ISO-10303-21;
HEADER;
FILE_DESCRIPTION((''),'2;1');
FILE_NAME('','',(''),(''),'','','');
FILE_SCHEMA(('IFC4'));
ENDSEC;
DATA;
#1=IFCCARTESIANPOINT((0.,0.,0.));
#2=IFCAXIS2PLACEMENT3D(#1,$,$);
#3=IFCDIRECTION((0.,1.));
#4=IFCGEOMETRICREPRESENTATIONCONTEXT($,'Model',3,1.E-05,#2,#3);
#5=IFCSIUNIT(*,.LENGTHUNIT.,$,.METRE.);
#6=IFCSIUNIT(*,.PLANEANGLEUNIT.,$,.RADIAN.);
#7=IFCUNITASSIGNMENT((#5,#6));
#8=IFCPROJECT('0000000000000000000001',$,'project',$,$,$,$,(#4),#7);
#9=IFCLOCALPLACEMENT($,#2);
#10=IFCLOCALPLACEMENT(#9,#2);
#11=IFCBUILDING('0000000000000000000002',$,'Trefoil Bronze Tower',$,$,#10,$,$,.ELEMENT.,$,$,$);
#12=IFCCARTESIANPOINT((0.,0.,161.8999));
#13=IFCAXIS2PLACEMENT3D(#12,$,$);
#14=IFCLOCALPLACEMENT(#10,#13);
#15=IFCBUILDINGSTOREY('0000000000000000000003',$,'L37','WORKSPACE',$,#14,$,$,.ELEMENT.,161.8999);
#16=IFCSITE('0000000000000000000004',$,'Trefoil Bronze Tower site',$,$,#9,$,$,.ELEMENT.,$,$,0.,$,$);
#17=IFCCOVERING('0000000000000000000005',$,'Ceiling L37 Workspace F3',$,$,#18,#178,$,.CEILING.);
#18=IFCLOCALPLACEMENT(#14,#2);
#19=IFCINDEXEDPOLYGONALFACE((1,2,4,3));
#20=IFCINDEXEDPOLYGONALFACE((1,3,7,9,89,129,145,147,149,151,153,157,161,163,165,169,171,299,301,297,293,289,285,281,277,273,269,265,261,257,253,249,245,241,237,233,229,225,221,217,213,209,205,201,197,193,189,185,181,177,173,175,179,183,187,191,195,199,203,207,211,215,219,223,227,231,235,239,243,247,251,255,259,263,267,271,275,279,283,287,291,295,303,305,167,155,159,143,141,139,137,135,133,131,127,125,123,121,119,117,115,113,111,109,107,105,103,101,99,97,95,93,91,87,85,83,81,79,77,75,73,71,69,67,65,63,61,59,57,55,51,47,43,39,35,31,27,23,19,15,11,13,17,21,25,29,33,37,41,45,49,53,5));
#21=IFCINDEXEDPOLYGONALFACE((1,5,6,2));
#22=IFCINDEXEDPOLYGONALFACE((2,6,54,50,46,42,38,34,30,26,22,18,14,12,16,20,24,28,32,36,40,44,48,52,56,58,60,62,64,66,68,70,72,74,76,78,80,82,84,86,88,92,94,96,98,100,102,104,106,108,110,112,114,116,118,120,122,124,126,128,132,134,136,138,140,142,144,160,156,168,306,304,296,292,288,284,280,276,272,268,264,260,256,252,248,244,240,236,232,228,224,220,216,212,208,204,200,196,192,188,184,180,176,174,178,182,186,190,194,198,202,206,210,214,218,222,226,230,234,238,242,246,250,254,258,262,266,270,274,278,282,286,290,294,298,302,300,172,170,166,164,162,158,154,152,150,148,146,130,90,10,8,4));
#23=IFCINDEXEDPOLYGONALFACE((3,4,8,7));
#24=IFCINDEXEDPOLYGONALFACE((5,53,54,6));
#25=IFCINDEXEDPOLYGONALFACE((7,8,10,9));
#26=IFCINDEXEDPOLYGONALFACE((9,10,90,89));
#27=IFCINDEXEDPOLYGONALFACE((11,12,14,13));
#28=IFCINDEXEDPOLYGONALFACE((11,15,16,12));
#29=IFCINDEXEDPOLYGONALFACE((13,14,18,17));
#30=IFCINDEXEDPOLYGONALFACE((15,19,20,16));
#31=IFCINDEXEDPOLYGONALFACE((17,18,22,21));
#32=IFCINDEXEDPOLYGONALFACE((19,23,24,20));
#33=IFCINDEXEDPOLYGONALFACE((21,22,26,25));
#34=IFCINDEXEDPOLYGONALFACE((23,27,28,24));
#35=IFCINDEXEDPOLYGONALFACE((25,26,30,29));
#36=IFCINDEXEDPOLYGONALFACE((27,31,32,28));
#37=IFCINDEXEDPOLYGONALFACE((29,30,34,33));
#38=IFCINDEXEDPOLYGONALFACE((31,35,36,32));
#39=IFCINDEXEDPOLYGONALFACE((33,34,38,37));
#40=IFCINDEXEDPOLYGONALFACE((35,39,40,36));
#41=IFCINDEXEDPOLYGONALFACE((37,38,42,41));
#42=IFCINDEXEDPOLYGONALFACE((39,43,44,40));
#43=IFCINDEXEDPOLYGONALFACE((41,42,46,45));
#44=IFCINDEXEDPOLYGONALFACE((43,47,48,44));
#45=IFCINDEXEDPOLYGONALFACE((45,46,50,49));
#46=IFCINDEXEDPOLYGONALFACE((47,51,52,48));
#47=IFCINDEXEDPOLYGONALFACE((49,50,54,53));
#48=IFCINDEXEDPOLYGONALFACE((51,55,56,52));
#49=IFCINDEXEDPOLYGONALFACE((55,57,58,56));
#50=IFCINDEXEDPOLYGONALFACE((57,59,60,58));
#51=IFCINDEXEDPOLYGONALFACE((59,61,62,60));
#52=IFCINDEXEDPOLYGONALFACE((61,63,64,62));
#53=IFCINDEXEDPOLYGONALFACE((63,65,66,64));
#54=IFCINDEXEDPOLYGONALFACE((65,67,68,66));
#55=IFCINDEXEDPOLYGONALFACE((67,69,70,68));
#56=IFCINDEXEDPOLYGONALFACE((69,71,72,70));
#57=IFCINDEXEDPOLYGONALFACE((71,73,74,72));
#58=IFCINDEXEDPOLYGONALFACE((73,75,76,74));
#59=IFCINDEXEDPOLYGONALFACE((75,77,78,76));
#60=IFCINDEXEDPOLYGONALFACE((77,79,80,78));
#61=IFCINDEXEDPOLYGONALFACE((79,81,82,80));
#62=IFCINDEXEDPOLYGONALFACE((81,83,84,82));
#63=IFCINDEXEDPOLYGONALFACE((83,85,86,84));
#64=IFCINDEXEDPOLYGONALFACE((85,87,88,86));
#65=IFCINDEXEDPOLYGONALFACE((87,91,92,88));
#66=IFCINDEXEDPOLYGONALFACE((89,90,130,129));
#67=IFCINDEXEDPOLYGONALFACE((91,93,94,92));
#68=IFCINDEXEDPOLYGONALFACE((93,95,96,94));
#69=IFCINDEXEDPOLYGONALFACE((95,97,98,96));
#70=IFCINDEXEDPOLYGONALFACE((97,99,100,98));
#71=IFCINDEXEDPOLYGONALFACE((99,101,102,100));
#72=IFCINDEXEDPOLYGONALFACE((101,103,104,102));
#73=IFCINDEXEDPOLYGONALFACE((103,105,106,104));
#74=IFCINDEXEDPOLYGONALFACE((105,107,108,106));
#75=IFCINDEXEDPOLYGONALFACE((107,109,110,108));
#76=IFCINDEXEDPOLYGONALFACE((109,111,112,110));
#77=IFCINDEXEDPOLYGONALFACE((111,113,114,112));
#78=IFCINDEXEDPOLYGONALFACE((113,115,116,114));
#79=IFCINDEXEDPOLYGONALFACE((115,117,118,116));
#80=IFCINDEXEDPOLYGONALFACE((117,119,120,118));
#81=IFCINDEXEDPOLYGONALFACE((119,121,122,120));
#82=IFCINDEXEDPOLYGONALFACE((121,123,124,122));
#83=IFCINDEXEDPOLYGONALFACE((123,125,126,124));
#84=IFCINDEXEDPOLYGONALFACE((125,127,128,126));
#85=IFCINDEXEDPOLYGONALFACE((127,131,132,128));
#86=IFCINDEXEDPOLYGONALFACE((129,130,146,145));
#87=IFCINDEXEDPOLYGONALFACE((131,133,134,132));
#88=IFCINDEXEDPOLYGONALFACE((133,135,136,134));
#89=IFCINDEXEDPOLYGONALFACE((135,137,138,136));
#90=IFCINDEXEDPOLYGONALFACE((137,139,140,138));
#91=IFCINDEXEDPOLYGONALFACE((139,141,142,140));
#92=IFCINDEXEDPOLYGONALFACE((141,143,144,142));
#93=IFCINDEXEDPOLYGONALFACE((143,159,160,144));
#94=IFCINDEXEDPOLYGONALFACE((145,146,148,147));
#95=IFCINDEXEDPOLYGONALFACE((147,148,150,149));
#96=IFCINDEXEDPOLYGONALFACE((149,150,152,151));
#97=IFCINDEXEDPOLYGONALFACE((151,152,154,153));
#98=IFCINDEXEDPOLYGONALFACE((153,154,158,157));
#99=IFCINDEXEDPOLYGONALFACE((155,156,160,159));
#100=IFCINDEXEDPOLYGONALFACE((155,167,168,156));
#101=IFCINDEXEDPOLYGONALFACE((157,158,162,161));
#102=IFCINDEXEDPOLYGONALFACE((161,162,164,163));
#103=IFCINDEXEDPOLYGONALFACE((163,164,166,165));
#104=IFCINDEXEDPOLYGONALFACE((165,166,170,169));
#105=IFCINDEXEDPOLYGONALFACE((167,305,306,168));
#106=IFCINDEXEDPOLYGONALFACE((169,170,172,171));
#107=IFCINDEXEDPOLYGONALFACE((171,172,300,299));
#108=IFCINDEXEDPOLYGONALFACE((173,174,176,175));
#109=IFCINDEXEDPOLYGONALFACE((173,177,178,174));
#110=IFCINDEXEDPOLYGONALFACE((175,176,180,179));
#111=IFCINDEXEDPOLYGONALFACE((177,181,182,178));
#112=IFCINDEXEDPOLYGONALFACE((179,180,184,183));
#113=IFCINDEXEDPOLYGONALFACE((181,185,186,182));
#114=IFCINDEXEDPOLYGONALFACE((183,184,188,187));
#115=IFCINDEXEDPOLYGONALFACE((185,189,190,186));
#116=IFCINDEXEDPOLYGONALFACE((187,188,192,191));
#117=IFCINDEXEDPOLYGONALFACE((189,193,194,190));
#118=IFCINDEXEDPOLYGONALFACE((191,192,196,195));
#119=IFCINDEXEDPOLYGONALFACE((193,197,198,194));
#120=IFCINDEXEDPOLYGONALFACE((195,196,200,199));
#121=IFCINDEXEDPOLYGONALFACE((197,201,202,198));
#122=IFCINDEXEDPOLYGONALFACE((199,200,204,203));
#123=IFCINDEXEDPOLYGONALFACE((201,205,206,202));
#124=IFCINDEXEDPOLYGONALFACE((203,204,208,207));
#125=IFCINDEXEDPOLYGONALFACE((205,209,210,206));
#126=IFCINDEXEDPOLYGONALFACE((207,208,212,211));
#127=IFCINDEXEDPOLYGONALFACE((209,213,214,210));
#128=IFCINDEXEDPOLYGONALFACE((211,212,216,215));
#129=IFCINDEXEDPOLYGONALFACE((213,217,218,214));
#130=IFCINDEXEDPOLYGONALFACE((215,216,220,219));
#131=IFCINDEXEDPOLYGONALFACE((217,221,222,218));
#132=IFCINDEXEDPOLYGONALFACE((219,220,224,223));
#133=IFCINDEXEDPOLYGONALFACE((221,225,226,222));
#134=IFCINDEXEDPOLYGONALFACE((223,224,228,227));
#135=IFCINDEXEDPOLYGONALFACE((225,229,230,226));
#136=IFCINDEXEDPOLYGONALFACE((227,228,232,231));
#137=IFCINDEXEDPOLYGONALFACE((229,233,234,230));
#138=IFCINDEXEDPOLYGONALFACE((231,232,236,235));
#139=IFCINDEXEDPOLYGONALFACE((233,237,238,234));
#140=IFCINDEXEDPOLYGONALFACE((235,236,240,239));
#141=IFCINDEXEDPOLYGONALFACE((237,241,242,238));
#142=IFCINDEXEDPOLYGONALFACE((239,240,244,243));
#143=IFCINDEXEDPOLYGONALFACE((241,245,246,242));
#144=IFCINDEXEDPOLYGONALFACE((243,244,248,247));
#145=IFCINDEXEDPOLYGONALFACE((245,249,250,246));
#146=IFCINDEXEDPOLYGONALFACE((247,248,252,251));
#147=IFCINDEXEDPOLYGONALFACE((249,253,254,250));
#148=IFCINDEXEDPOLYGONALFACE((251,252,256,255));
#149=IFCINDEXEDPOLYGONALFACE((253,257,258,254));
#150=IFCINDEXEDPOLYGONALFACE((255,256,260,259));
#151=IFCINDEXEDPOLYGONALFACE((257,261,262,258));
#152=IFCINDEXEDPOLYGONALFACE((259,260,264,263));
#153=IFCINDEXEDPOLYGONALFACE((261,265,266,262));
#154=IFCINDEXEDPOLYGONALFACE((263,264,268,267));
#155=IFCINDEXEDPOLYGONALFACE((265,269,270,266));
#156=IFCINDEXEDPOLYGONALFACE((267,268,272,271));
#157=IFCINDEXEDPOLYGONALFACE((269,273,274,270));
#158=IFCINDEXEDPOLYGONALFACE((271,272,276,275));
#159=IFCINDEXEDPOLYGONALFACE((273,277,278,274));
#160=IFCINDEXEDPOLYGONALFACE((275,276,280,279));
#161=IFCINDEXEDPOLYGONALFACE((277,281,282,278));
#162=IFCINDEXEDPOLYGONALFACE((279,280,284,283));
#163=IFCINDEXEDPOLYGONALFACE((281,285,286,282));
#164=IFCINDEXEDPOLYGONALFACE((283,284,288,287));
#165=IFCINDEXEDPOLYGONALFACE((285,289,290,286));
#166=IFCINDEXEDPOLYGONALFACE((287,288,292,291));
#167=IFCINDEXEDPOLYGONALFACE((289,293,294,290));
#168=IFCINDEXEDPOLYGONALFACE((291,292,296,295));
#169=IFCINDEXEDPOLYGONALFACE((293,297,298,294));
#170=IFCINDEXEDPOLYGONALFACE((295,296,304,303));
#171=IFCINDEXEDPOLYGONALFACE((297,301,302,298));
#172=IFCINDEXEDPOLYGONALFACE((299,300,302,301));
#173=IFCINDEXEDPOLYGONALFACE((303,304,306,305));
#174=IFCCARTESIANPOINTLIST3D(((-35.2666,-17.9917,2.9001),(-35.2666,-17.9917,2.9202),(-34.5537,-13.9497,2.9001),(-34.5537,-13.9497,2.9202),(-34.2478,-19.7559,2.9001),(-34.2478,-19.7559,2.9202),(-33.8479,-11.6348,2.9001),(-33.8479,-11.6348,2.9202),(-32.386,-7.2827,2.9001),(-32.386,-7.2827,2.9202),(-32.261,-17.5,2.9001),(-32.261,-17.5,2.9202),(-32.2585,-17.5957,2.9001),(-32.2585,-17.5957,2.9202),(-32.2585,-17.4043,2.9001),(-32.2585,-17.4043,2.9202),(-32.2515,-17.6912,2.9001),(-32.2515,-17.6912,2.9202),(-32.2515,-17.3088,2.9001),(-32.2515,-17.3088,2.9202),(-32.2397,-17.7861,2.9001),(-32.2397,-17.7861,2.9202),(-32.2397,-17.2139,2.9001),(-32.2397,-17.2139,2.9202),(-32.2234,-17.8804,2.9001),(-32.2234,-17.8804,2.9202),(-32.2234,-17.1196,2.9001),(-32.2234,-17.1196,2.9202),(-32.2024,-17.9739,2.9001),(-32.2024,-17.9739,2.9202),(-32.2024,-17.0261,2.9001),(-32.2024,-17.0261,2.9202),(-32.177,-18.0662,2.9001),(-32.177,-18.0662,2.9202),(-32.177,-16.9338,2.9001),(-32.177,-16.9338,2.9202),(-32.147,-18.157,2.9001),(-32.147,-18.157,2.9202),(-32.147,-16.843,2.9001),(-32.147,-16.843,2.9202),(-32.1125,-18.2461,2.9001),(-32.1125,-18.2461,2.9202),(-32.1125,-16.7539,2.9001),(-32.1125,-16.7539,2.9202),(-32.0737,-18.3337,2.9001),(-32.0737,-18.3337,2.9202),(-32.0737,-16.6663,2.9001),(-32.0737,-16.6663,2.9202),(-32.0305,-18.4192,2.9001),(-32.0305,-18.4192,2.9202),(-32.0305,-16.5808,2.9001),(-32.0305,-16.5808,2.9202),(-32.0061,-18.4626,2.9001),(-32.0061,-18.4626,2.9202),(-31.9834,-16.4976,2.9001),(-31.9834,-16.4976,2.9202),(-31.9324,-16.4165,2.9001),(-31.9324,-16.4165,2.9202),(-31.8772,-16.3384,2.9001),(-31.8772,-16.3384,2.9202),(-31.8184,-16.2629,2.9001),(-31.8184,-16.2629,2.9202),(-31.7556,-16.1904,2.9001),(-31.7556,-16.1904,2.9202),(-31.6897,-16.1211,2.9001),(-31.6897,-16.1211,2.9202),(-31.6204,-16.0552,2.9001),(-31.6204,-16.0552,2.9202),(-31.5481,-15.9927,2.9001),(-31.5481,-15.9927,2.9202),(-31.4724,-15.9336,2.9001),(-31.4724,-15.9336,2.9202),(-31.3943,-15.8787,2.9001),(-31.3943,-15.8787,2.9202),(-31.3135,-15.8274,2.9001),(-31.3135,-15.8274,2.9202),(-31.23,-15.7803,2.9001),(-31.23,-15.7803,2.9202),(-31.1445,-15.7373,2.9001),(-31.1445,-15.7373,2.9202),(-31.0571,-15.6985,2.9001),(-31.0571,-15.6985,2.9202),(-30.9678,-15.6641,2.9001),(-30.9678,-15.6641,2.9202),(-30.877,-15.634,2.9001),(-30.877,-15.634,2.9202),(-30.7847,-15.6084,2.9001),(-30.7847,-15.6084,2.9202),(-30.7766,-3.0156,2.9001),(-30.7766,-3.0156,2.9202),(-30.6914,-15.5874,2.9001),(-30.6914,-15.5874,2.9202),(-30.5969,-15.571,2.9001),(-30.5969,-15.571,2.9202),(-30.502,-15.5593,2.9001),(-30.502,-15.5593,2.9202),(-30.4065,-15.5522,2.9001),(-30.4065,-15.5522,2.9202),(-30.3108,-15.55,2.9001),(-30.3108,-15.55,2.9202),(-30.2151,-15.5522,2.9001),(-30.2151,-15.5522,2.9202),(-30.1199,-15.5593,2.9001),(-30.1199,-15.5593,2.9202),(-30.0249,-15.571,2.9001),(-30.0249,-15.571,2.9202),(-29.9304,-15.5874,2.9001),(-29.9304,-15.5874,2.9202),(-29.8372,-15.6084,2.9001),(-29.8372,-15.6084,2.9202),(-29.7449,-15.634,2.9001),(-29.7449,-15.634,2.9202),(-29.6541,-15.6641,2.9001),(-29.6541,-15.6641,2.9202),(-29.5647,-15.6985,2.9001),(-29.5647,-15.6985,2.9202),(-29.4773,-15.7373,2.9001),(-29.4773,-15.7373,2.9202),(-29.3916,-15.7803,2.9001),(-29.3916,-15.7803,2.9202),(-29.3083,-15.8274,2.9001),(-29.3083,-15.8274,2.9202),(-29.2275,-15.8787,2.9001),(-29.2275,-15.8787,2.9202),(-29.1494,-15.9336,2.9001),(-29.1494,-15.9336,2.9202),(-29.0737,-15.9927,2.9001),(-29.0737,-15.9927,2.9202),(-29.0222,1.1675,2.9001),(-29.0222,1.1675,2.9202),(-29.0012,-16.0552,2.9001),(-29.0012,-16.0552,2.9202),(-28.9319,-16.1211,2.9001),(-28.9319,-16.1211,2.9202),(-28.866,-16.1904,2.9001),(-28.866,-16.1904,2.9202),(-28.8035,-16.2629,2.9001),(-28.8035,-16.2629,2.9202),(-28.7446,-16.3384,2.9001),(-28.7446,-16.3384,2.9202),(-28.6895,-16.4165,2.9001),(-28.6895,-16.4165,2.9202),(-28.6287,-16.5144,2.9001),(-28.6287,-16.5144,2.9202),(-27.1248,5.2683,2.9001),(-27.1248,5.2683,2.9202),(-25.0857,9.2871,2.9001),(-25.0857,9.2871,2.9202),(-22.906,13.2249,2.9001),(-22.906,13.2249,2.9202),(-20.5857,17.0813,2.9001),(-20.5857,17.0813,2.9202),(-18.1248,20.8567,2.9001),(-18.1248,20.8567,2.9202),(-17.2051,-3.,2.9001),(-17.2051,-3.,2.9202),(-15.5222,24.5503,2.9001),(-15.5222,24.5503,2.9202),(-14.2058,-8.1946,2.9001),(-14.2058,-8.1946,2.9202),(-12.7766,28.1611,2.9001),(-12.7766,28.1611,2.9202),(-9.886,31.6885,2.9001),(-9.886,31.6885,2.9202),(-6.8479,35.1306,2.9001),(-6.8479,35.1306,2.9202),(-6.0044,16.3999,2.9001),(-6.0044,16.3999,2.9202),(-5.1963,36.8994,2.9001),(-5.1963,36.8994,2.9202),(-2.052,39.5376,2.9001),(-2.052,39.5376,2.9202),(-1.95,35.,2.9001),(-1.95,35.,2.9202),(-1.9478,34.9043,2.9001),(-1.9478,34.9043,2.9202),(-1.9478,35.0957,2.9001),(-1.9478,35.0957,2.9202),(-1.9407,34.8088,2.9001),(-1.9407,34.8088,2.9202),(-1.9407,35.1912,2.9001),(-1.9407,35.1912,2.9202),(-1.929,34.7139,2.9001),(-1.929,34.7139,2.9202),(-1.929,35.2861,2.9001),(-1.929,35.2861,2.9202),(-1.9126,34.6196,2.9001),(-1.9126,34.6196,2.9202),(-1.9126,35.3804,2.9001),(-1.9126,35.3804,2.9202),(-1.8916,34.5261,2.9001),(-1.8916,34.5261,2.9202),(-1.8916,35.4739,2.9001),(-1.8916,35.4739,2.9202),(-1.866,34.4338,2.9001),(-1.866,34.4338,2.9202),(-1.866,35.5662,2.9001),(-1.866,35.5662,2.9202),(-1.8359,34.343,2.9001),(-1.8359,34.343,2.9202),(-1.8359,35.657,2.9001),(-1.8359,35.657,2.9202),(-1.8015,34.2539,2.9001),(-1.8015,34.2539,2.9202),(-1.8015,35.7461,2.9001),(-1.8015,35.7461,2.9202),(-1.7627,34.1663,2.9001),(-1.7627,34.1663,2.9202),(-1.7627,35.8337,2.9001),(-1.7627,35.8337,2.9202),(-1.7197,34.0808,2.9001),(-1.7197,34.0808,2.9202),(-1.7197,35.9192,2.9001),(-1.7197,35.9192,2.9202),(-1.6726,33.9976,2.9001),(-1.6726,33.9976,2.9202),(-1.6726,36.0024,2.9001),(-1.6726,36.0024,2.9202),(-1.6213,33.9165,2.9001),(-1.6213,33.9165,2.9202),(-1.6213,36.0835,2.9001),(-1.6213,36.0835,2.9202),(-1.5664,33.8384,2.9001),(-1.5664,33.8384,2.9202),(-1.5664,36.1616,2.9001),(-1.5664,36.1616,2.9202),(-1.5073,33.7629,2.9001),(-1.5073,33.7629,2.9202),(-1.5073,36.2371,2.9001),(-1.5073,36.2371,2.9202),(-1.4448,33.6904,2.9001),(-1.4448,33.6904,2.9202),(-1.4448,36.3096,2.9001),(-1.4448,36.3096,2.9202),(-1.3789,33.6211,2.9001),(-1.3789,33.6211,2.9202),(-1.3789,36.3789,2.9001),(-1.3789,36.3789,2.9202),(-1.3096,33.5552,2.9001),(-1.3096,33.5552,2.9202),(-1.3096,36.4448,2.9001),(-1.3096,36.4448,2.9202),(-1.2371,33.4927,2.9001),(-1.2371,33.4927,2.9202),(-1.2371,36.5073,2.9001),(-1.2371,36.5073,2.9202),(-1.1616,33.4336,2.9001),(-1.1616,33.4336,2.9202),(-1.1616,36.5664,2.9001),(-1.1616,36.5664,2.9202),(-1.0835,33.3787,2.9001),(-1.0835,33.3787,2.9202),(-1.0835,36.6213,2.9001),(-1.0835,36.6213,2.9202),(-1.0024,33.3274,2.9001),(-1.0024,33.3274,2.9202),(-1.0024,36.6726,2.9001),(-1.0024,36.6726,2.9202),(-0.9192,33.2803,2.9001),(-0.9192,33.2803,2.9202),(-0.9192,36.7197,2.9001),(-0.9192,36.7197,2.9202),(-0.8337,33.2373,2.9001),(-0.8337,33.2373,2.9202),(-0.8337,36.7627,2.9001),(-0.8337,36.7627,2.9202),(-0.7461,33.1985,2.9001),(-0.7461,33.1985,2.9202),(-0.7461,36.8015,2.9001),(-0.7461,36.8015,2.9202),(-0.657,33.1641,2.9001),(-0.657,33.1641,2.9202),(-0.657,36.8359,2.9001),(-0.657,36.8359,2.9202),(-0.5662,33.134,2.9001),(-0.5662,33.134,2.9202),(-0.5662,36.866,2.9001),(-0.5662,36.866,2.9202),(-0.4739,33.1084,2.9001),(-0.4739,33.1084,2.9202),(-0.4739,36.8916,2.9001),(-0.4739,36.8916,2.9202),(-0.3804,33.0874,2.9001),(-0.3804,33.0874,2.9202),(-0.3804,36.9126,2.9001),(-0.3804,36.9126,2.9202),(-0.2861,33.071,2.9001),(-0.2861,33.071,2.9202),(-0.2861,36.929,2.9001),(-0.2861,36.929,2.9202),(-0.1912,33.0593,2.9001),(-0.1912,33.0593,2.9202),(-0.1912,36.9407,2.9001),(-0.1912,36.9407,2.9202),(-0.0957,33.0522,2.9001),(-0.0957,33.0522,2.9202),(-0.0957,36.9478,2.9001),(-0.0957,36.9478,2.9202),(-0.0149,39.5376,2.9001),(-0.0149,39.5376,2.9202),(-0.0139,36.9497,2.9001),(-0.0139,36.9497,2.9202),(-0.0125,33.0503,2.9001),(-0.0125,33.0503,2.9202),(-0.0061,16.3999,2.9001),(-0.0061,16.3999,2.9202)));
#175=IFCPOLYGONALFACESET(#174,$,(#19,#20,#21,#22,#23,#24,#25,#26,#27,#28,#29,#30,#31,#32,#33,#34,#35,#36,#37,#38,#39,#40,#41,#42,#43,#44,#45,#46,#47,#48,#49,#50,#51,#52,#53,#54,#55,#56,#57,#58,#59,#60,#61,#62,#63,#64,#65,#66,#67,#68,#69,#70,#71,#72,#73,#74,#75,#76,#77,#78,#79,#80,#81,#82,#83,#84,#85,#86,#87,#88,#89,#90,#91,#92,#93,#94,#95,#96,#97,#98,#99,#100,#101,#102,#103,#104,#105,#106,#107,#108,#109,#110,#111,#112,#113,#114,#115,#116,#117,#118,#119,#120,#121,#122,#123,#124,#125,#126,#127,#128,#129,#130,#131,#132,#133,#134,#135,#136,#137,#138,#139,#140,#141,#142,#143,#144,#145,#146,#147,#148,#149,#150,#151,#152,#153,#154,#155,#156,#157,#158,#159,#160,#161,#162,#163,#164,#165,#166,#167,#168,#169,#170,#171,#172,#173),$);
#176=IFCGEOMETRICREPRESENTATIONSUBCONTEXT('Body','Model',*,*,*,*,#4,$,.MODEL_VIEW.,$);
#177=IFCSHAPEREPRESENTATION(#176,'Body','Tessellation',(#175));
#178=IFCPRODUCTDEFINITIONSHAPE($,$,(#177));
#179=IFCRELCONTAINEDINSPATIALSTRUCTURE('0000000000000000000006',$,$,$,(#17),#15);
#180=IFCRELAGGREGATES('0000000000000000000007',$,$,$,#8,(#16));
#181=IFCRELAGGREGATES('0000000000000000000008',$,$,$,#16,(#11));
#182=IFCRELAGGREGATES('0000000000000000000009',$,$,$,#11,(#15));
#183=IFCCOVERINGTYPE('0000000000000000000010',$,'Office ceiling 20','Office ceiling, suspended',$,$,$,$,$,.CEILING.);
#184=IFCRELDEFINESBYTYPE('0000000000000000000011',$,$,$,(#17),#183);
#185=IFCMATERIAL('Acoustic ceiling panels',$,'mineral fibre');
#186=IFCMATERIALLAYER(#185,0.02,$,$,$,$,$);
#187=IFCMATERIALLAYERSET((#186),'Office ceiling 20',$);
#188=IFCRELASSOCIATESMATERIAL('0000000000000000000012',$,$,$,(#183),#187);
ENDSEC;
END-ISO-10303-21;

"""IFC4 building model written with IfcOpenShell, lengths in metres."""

from ifc_helpers import new_model, si_unit, direction, frame, origin, place, context, subcontext, project, spatial, polyline, outline, extrude, material, layer, layer_set, type_object, element, save


model = new_model("IFC4")

# Units and contexts
model_context = context("Model", 3, precision=1e-05, world=origin(), true_north=direction((0.0, 1.0)))
body_context = subcontext(model_context, "Body", "Model", "MODEL_VIEW")
ifc_project = project(units=[si_unit("LENGTHUNIT", "METRE"), si_unit("PLANEANGLEUNIT", "RADIAN")], contexts=[model_context])

# Site, building, storey
site_placement = place(None, origin())
site = spatial("IfcSite", under=ifc_project, at=site_placement, Name="Trefoil Bronze Tower site", CompositionType="ELEMENT", RefElevation=0.0)
building_placement = place(site_placement, origin())
building = spatial("IfcBuilding", under=site, at=building_placement, Name="Trefoil Bronze Tower", CompositionType="ELEMENT")
storey_placement = place(building_placement, frame((0.0, 0.0, 161.8999)))
storey = spatial("IfcBuildingStorey", under=building, at=storey_placement, Name="L37", Description="WORKSPACE", CompositionType="ELEMENT", Elevation=161.8999)

# Covering
ifc_material_1 = material(Name="Acoustic ceiling panels", Category="mineral fibre")
ifc_layer_1 = layer(ifc_material_1, 0.02)
ifc_layer_set_1 = layer_set([ifc_layer_1], Name="Office ceiling 20")
covering_type_1 = type_object("IfcCoveringType", Name="Office ceiling 20", Description="Office ceiling, suspended", PredefinedType="CEILING", material=ifc_layer_set_1)
covering_1_placement = place(storey_placement, frame((0.0, 0.0, 2.9001)))
element("IfcCovering", 1, at=covering_1_placement, inside=storey, type_object=covering_type_1, Name="Ceiling L37 Workspace F3", PredefinedType="CEILING", context=body_context, shape_type="SweptSolid", body=[
    extrude(outline(polyline([(-33.8479, -11.6348), (-32.386, -7.2827), (-30.7766, -3.0156), (-29.0222, 1.1675), (-27.1248, 5.2683), (-25.0857, 9.2871), (-22.906, 13.2249), (-20.5857, 17.0813), (-18.1248, 20.8567), (-15.5222, 24.5503), (-12.7766, 28.1611), (-9.886, 31.6885), (-6.8479, 35.1306), (-5.1963, 36.8994), (-2.052, 39.5376), (-0.0149, 39.5376), (-0.0139, 36.9497), (-0.0957, 36.9478), (-0.1912, 36.9407), (-0.2861, 36.929), (-0.3804, 36.9126), (-0.4739, 36.8916), (-0.5662, 36.866), (-0.657, 36.8359), (-0.7461, 36.8015), (-0.8337, 36.7627), (-0.9192, 36.7197), (-1.0024, 36.6726), (-1.0835, 36.6213), (-1.1616, 36.5664), (-1.2371, 36.5073), (-1.3096, 36.4448), (-1.3789, 36.3789), (-1.4448, 36.3096), (-1.5073, 36.2371), (-1.5664, 36.1616), (-1.6213, 36.0835), (-1.6726, 36.0024), (-1.7197, 35.9192), (-1.7627, 35.8337), (-1.8015, 35.7461), (-1.8359, 35.657), (-1.866, 35.5662), (-1.8916, 35.4739), (-1.9126, 35.3804), (-1.929, 35.2861), (-1.9407, 35.1912), (-1.9478, 35.0957), (-1.95, 35.0), (-1.9478, 34.9043), (-1.9407, 34.8088), (-1.929, 34.7139), (-1.9126, 34.6196), (-1.8916, 34.5261), (-1.866, 34.4338), (-1.8359, 34.343), (-1.8015, 34.2539), (-1.7627, 34.1663), (-1.7197, 34.0808), (-1.6726, 33.9976), (-1.6213, 33.9165), (-1.5664, 33.8384), (-1.5073, 33.7629), (-1.4448, 33.6904), (-1.3789, 33.6211), (-1.3096, 33.5552), (-1.2371, 33.4927), (-1.1616, 33.4336), (-1.0835, 33.3787), (-1.0024, 33.3274), (-0.9192, 33.2803), (-0.8337, 33.2373), (-0.7461, 33.1985), (-0.657, 33.1641), (-0.5662, 33.134), (-0.4739, 33.1084), (-0.3804, 33.0874), (-0.2861, 33.071), (-0.1912, 33.0593), (-0.0957, 33.0522), (-0.0125, 33.0503), (-0.0061, 16.3999), (-6.0044, 16.3999), (-17.2051, -3.0), (-14.2058, -8.1946), (-28.6287, -16.5144), (-28.6895, -16.4165), (-28.7446, -16.3384), (-28.8035, -16.2629), (-28.866, -16.1904), (-28.9319, -16.1211), (-29.0012, -16.0552), (-29.0737, -15.9927), (-29.1494, -15.9336), (-29.2275, -15.8787), (-29.3083, -15.8274), (-29.3916, -15.7803), (-29.4773, -15.7373), (-29.5647, -15.6985), (-29.6541, -15.6641), (-29.7449, -15.634), (-29.8372, -15.6084), (-29.9304, -15.5874), (-30.0249, -15.571), (-30.1199, -15.5593), (-30.2151, -15.5522), (-30.3108, -15.55), (-30.4065, -15.5522), (-30.502, -15.5593), (-30.5969, -15.571), (-30.6914, -15.5874), (-30.7847, -15.6084), (-30.877, -15.634), (-30.9678, -15.6641), (-31.0571, -15.6985), (-31.1445, -15.7373), (-31.23, -15.7803), (-31.3135, -15.8274), (-31.3943, -15.8787), (-31.4724, -15.9336), (-31.5481, -15.9927), (-31.6204, -16.0552), (-31.6897, -16.1211), (-31.7556, -16.1904), (-31.8184, -16.2629), (-31.8772, -16.3384), (-31.9324, -16.4165), (-31.9834, -16.4976), (-32.0305, -16.5808), (-32.0737, -16.6663), (-32.1125, -16.7539), (-32.147, -16.843), (-32.177, -16.9338), (-32.2024, -17.0261), (-32.2234, -17.1196), (-32.2397, -17.2139), (-32.2515, -17.3088), (-32.2585, -17.4043), (-32.261, -17.5), (-32.2585, -17.5957), (-32.2515, -17.6912), (-32.2397, -17.7861), (-32.2234, -17.8804), (-32.2024, -17.9739), (-32.177, -18.0662), (-32.147, -18.157), (-32.1125, -18.2461), (-32.0737, -18.3337), (-32.0305, -18.4192), (-32.0061, -18.4626), (-34.2478, -19.7559), (-35.2666, -17.9917), (-34.5537, -13.9497), (-33.8479, -11.6348)])), origin(), (0.0, 0.0, 1.0), 0.02),
])

save(model, "model.ifc")
